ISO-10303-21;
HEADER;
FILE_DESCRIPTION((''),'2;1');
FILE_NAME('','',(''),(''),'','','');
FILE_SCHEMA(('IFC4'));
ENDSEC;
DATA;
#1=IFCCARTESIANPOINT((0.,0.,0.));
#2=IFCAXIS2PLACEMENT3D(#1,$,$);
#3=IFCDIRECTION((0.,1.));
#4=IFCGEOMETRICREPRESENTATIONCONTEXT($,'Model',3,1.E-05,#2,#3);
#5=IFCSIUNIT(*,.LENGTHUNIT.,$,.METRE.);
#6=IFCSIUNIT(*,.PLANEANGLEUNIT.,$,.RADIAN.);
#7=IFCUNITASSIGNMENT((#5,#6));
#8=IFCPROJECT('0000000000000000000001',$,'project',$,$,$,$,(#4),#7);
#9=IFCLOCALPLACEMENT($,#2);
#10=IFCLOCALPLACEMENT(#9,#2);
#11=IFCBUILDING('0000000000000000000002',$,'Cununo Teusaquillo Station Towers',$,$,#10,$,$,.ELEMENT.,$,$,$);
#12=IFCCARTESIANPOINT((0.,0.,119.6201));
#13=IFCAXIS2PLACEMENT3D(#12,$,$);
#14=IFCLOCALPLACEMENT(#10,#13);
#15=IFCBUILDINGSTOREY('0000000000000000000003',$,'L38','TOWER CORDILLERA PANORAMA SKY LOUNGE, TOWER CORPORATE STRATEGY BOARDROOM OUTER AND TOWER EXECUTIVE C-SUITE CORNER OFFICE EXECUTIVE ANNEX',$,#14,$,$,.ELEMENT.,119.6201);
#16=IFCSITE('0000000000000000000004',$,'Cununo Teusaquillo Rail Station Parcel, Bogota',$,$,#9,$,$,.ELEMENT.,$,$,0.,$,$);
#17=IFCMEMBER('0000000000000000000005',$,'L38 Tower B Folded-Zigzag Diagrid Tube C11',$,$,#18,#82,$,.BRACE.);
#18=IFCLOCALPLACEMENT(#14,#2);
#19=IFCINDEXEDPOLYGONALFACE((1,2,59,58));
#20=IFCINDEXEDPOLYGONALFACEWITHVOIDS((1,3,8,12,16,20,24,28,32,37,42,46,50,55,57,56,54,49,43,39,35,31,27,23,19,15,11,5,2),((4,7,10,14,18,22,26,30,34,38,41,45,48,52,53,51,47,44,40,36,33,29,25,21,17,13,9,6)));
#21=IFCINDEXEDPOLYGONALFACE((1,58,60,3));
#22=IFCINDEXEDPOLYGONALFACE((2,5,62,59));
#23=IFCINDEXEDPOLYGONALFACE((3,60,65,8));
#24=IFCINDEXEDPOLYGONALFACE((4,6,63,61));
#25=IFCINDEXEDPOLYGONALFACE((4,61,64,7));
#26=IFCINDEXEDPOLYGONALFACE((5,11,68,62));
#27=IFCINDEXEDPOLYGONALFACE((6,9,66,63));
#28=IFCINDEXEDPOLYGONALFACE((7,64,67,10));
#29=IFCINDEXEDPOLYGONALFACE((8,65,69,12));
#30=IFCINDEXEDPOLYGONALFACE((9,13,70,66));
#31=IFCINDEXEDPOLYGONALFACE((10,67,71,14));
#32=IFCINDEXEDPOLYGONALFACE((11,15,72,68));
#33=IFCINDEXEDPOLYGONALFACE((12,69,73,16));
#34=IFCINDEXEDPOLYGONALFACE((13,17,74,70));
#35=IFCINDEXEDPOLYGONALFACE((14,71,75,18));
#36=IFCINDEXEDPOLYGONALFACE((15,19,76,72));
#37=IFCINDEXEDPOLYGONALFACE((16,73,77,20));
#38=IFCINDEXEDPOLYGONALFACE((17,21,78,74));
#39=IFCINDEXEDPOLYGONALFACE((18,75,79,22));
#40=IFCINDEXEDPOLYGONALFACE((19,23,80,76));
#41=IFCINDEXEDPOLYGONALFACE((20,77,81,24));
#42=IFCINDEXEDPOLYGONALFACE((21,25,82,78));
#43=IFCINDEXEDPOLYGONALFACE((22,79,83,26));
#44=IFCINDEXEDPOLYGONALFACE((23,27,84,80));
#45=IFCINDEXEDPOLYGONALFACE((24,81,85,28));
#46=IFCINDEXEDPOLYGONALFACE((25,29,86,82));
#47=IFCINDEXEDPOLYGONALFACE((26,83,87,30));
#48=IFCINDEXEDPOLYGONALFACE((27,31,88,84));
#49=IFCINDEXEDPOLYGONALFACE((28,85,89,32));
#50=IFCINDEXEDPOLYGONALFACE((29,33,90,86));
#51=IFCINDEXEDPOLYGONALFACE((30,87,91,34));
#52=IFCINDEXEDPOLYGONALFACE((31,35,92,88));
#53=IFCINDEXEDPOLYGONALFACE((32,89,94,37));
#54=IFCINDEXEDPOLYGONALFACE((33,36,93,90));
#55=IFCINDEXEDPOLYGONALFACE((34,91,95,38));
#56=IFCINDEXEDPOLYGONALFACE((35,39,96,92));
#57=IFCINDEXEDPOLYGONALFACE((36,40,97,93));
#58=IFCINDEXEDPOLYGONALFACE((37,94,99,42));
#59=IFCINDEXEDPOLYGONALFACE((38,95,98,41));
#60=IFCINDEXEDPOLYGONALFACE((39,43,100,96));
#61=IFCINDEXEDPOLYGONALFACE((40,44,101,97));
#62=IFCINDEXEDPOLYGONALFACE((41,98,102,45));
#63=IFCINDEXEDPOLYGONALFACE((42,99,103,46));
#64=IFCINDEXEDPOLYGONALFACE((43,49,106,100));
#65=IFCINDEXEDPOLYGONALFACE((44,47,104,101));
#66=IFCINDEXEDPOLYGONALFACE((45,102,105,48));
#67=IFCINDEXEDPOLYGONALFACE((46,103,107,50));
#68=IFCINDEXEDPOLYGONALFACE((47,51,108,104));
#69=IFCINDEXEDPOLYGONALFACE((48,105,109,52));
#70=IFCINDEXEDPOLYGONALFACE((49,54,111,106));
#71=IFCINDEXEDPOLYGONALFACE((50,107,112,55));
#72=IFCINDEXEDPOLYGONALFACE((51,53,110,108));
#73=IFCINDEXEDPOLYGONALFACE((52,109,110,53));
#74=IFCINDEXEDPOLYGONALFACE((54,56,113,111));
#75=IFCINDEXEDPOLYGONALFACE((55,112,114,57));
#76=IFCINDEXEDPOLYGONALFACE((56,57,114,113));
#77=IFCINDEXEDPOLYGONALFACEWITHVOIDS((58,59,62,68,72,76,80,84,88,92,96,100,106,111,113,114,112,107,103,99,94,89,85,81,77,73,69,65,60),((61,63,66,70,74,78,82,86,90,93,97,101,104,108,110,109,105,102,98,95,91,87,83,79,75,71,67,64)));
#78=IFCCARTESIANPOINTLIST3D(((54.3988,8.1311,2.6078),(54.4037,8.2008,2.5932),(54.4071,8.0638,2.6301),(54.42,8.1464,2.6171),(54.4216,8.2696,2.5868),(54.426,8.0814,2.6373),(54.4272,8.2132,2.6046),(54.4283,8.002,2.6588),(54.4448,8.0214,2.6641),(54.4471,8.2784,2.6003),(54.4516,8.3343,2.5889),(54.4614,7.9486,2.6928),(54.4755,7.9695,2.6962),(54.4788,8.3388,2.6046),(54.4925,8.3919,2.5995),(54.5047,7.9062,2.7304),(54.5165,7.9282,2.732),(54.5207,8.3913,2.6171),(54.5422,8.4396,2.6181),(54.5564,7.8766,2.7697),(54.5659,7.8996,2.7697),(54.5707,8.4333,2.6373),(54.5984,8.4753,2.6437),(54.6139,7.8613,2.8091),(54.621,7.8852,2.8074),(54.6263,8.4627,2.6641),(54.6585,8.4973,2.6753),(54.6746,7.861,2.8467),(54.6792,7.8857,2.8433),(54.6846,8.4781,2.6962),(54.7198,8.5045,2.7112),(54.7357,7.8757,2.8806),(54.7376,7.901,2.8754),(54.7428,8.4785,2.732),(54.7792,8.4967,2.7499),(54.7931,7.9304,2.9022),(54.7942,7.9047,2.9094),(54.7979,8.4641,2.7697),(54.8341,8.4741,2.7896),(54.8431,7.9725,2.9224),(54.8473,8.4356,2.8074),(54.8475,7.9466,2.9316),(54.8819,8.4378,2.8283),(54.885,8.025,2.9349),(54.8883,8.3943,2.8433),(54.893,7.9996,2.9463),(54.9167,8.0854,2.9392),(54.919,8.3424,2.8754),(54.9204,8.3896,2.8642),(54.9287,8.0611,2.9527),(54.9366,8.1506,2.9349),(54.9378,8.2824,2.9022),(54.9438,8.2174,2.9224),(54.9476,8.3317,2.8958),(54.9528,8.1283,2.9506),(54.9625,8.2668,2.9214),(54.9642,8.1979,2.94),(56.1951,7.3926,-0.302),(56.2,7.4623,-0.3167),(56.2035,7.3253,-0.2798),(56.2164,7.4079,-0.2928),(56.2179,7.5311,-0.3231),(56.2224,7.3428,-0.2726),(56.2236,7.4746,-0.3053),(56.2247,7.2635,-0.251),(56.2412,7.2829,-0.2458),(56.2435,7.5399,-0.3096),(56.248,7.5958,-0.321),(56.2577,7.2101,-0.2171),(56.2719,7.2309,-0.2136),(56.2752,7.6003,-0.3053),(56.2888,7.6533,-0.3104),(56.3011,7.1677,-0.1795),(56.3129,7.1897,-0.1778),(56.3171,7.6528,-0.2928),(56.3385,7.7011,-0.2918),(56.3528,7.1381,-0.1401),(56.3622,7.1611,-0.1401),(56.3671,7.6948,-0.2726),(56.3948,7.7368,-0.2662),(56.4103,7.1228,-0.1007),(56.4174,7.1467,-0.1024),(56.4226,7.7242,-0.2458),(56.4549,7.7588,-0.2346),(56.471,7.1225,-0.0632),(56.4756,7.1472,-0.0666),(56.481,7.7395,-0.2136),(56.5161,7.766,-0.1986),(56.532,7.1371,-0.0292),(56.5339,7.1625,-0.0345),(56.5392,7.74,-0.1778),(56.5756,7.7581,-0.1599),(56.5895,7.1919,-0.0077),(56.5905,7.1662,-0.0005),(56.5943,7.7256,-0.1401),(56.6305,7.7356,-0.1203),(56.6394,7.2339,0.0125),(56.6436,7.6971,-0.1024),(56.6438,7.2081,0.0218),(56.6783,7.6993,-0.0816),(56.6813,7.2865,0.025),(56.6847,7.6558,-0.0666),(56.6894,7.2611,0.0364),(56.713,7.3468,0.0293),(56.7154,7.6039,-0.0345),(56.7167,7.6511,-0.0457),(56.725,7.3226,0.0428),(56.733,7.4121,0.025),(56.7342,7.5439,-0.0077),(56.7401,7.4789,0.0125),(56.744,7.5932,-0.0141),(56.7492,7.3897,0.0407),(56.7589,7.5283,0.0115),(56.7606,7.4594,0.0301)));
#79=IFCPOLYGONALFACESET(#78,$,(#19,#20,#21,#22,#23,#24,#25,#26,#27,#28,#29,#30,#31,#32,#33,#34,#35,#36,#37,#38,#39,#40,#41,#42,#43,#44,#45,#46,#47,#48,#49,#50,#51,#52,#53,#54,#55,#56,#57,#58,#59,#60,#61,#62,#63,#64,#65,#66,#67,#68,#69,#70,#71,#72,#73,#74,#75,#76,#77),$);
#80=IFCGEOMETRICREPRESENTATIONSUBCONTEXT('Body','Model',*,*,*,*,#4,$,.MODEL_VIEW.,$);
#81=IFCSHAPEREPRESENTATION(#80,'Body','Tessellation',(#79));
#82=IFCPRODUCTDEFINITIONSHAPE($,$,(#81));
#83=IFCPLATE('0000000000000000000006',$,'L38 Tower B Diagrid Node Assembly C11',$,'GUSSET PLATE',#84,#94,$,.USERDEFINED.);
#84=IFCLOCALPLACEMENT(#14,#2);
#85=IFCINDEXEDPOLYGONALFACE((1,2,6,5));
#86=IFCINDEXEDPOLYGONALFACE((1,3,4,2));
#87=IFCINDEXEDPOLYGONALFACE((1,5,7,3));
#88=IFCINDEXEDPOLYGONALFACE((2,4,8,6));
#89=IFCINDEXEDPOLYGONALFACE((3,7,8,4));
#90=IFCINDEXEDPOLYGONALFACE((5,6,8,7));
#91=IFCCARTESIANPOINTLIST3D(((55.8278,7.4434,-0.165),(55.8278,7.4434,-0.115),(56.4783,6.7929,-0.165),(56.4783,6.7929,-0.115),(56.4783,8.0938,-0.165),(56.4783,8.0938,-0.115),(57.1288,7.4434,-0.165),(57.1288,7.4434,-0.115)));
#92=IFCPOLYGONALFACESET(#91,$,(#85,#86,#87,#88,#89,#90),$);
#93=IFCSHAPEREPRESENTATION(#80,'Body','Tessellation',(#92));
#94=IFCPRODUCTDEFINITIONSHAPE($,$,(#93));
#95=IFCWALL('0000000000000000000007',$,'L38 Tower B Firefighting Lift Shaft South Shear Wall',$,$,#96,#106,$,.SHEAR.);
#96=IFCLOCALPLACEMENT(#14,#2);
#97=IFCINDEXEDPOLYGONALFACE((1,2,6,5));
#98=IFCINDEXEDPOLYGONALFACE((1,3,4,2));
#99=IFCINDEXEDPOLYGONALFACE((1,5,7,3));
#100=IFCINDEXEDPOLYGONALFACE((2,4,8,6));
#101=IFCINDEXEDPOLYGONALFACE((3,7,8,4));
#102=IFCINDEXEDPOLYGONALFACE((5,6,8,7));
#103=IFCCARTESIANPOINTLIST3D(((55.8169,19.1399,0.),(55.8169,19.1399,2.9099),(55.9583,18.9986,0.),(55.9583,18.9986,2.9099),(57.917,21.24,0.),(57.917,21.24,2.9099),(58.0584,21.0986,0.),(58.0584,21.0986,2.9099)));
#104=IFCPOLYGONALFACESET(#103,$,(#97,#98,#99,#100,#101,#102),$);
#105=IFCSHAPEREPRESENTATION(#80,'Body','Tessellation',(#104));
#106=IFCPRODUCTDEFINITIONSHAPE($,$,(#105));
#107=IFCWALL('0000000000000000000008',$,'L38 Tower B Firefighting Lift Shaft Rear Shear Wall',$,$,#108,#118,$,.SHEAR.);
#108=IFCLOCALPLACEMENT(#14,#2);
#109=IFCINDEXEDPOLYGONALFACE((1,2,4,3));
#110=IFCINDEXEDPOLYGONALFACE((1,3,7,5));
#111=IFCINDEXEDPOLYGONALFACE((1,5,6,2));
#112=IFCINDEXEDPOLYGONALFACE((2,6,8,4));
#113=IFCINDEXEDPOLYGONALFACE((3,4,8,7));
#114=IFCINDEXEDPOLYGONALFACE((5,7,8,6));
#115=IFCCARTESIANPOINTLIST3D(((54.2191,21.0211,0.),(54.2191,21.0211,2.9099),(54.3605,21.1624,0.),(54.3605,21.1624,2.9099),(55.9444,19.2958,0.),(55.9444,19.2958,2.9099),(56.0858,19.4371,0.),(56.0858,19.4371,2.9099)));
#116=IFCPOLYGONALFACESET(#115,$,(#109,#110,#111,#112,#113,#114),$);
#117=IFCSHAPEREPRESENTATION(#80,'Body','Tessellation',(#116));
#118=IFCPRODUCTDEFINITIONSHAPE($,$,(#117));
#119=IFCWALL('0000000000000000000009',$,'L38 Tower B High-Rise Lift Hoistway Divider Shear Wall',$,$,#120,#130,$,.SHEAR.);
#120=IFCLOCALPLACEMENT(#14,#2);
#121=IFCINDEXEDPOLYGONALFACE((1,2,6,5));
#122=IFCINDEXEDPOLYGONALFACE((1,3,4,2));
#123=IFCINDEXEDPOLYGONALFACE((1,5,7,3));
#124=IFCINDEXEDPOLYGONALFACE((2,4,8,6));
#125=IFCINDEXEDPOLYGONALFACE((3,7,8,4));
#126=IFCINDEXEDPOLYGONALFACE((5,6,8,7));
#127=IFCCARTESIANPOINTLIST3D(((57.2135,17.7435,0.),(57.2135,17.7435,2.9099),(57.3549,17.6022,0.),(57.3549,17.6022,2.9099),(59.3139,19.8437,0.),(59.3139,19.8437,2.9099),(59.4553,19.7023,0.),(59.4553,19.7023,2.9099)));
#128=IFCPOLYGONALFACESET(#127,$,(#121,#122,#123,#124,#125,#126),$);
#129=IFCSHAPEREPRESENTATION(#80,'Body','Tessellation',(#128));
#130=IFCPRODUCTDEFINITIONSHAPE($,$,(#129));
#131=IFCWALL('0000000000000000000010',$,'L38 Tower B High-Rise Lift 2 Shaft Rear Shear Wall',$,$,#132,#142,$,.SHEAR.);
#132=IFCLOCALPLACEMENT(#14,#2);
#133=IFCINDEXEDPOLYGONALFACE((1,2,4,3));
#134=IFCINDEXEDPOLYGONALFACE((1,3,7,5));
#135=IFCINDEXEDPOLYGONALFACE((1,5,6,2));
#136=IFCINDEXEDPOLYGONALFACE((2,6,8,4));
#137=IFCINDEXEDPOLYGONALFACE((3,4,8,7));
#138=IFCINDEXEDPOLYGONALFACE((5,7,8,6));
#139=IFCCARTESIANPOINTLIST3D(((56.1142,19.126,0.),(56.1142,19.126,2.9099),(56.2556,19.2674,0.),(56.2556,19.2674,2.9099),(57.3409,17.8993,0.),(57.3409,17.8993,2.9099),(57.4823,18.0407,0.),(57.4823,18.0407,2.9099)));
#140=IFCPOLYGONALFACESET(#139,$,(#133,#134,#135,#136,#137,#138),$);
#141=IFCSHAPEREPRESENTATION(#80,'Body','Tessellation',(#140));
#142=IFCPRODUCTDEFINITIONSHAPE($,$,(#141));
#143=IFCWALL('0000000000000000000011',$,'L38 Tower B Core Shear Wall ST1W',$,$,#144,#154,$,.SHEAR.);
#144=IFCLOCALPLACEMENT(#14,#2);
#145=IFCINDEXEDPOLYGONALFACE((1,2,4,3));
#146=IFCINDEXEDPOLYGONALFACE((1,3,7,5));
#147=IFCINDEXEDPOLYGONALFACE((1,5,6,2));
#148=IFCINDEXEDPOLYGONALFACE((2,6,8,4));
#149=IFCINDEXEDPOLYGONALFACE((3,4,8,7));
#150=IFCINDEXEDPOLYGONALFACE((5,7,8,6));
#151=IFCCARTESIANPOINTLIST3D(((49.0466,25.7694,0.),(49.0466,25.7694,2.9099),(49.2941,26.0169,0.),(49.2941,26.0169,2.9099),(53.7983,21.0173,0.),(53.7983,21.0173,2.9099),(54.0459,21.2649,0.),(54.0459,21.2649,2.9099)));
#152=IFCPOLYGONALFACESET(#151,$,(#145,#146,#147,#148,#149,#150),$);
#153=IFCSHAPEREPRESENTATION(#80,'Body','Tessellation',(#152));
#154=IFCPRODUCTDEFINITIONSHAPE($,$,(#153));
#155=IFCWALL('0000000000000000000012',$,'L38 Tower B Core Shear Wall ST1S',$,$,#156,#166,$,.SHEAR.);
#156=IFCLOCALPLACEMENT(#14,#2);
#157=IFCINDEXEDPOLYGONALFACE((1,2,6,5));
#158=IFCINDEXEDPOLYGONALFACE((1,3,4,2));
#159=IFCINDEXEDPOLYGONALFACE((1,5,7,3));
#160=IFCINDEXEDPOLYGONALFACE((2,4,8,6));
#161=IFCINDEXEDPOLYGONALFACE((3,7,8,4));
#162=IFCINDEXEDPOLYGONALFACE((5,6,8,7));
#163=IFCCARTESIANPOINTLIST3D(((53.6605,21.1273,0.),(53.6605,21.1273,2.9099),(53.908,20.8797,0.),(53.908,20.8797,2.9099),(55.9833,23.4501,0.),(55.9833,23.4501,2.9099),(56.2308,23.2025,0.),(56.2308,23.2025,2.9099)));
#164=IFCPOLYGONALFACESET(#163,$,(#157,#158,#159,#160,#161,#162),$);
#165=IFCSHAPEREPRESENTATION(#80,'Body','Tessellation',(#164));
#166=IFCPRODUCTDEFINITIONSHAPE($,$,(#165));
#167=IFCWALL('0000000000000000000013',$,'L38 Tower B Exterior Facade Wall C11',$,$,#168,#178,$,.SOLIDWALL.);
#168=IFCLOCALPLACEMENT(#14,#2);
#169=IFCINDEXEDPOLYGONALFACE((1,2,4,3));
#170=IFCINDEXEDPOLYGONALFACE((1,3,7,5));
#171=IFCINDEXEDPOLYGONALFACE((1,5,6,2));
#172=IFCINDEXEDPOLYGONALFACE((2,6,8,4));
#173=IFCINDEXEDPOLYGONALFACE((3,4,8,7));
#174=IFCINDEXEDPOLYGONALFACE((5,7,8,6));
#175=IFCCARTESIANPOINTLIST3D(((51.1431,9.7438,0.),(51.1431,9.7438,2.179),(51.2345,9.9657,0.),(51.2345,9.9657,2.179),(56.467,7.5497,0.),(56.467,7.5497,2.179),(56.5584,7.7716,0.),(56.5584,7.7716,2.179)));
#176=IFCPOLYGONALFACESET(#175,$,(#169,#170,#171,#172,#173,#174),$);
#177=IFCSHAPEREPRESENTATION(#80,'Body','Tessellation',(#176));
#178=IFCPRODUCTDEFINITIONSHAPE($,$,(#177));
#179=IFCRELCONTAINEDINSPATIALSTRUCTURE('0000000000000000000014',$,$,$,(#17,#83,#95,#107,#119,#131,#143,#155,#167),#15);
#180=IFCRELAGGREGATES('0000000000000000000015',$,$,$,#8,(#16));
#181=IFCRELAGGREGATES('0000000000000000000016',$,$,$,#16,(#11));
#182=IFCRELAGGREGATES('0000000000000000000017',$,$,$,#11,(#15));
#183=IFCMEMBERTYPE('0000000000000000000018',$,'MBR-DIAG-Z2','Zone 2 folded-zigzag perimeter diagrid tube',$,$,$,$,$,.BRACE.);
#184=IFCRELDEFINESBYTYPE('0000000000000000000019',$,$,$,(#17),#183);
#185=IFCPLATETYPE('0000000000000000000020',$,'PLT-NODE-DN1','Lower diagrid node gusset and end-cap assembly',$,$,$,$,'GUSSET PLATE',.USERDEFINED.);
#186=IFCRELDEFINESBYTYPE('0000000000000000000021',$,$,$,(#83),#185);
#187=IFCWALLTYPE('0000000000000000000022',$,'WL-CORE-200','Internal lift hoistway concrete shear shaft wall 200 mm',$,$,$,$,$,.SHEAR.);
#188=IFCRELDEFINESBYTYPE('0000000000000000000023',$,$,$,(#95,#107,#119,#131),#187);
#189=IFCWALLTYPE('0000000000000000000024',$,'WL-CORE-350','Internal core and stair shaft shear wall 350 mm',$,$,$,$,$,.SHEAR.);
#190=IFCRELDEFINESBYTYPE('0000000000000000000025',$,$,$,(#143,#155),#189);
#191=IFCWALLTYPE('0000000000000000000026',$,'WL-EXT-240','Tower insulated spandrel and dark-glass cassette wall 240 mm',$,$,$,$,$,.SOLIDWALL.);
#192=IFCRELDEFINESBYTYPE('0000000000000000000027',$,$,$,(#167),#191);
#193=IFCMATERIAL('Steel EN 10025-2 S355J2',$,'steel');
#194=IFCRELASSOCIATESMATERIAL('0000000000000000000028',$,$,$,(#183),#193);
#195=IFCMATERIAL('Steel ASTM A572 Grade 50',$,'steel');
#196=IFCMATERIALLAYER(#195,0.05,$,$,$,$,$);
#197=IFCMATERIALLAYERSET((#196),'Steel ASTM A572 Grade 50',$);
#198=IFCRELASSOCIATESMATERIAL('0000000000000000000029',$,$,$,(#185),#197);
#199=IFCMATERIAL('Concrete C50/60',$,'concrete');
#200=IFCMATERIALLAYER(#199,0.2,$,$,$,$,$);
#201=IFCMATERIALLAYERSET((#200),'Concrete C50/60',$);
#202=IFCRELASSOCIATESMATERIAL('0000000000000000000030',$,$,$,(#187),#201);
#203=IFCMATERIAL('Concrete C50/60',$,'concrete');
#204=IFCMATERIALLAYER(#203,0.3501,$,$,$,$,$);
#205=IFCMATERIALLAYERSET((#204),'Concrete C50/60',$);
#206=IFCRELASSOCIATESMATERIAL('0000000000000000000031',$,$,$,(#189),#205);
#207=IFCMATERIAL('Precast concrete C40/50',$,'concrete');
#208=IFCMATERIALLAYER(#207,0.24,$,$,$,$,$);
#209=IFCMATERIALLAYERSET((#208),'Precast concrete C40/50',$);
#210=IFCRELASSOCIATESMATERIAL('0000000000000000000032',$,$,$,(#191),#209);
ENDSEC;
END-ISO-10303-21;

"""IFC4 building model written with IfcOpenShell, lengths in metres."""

from ifc_helpers import new_model, si_unit, direction, frame, frame_2d, origin, origin_2d, place, context, subcontext, project, spatial, rectangle, hollow_circle, extrude, source, transform, mapped, material, layer, layer_set, material_profile, profile_set, type_object, element, save


model = new_model("IFC4")

# Units and contexts
model_context = context("Model", 3, precision=1e-05, world=origin(), true_north=direction((0.0, 1.0)))
body_context = subcontext(model_context, "Body", "Model", "MODEL_VIEW")
ifc_project = project(units=[si_unit("LENGTHUNIT", "METRE"), si_unit("PLANEANGLEUNIT", "RADIAN")], contexts=[model_context])

# Site, building, storey
site_placement = place(None, origin())
site = spatial("IfcSite", under=ifc_project, at=site_placement, Name="Cununo Teusaquillo Rail Station Parcel, Bogota", CompositionType="ELEMENT", RefElevation=0.0)
building_placement = place(site_placement, origin())
building = spatial("IfcBuilding", under=site, at=building_placement, Name="Cununo Teusaquillo Station Towers", CompositionType="ELEMENT")
storey_placement = place(building_placement, frame((0.0, 0.0, 119.6201)))
storey = spatial("IfcBuildingStorey", under=building, at=storey_placement, Name="L38", Description="TOWER CORDILLERA PANORAMA SKY LOUNGE, TOWER CORPORATE STRATEGY BOARDROOM OUTER AND TOWER EXECUTIVE C-SUITE CORNER OFFICE EXECUTIVE ANNEX", CompositionType="ELEMENT", Elevation=119.6201)

# Member
ifc_material_1 = material(Name="Steel EN 10025-2 S355J2", Category="steel")
ifc_material_profile_1 = material_profile(ifc_material_1, hollow_circle(Radius=0.3301, WallThickness=0.0249, at=origin_2d()), Name="CHS 660x25")
ifc_profile_set_1 = profile_set([ifc_material_profile_1], Name="Steel EN 10025-2 S355J2")
member_type = type_object("IfcMemberType", Name="MBR-DIAG-Z2", Description="Zone 2 folded-zigzag perimeter diagrid tube", PredefinedType="BRACE", material=ifc_profile_set_1)
member_placement = place(storey_placement, frame((56.4783, 7.4434, -0.1401), z_axis=(-0.513463, 0.211093, 0.831743), x_axis=(-0.380238, -0.924889, 0.0)))
element("IfcMember", 1, at=member_placement, inside=storey, type_object=member_type, Name="L38 Tower B Folded-Zigzag Diagrid Tube C11", PredefinedType="BRACE", context=body_context, shape_type="SweptSolid", body=[
    extrude(hollow_circle(Radius=0.3301, WallThickness=0.0249, at=origin_2d()), origin(), (0.0, 0.0, 1.0), 3.4985),
])

# Plate
ifc_material_2 = material(Name="Steel ASTM A572 Grade 50", Category="steel")
ifc_layer_1 = layer(ifc_material_2, 0.05)
ifc_layer_set_1 = layer_set([ifc_layer_1], Name="Steel ASTM A572 Grade 50")
plate_type = type_object("IfcPlateType", Name="PLT-NODE-DN1", Description="Lower diagrid node gusset and end-cap assembly", ElementType="GUSSET PLATE", PredefinedType="USERDEFINED", material=ifc_layer_set_1)
shared_shape_1 = source(origin(), body_context, "Body", "SweptSolid", [
    extrude(rectangle(XDim=0.9199, YDim=0.9199, at=origin_2d()), origin(), (0.0, 0.0, 1.0), 0.05),
])
plate_placement = place(storey_placement, frame((56.4783, 7.4434, -0.165), z_axis=(0.0, 0.0, 1.0), x_axis=(0.707107, 0.707107, 0.0)))
element("IfcPlate", 2, at=plate_placement, inside=storey, type_object=plate_type, Name="L38 Tower B Diagrid Node Assembly C11", ObjectType="GUSSET PLATE", PredefinedType="USERDEFINED", context=body_context, shape_type="MappedRepresentation", body=[
    mapped(shared_shape_1, transform((0.0, 0.0, 0.0), x_axis=(1.0, 0.0, 0.0), y_axis=(0.0, 1.0, 0.0), z_axis=(0.0, 0.0, 1.0), scale=1.0)),
])

# Walls
ifc_material_3 = material(Name="Concrete C50/60", Category="concrete")
ifc_layer_2 = layer(ifc_material_3, 0.2)
ifc_layer_set_2 = layer_set([ifc_layer_2], Name="Concrete C50/60")
wall_type_1 = type_object("IfcWallType", Name="WL-CORE-200", Description="Internal lift hoistway concrete shear shaft wall 200 mm", PredefinedType="SHEAR", material=ifc_layer_set_2)
wall_1_placement = place(storey_placement, frame((55.8877, 19.0693, 0.0), z_axis=(0.0, 0.0, 1.0), x_axis=(0.707107, 0.707107, 0.0)))
element("IfcWall", 3, at=wall_1_placement, inside=storey, type_object=wall_type_1, Name="L38 Tower B Firefighting Lift Shaft South Shear Wall", PredefinedType="SHEAR", context=body_context, shape_type="SweptSolid", body=[
    extrude(rectangle(XDim=2.97, YDim=0.2, at=frame_2d((1.4849, 0.0))), origin(), (0.0, 0.0, 1.0), 2.9099),
])
wall_2_placement = place(storey_placement, frame((56.0151, 19.3665, 0.0), z_axis=(0.0, 0.0, 1.0), x_axis=(-0.707107, 0.707107, 0.0)))
element("IfcWall", 4, at=wall_2_placement, inside=storey, type_object=wall_type_1, Name="L38 Tower B Firefighting Lift Shaft Rear Shear Wall", PredefinedType="SHEAR", context=body_context, shape_type="SweptSolid", body=[
    extrude(rectangle(XDim=2.4399, YDim=0.2, at=frame_2d((1.22, 0.0))), origin(), (0.0, 0.0, 1.0), 2.9099),
])
wall_3_placement = place(storey_placement, frame((57.2842, 17.6729, 0.0), z_axis=(0.0, 0.0, 1.0), x_axis=(0.707148, 0.707066, 0.0)))
element("IfcWall", 5, at=wall_3_placement, inside=storey, type_object=wall_type_1, Name="L38 Tower B High-Rise Lift Hoistway Divider Shear Wall", PredefinedType="SHEAR", context=body_context, shape_type="SweptSolid", body=[
    extrude(rectangle(XDim=2.9702, YDim=0.2, at=frame_2d((1.4851, 0.0))), origin(), (0.0, 0.0, 1.0), 2.9099),
])
wall_4_placement = place(storey_placement, frame((57.4116, 17.97, 0.0), z_axis=(0.0, 0.0, 1.0), x_axis=(-0.707107, 0.707107, 0.0)))
element("IfcWall", 6, at=wall_4_placement, inside=storey, type_object=wall_type_1, Name="L38 Tower B High-Rise Lift 2 Shaft Rear Shear Wall", PredefinedType="SHEAR", context=body_context, shape_type="SweptSolid", body=[
    extrude(rectangle(XDim=1.7349, YDim=0.2, at=frame_2d((0.8674, 0.0))), origin(), (0.0, 0.0, 1.0), 2.9099),
])
ifc_material_4 = material(Name="Concrete C50/60", Category="concrete")
ifc_layer_3 = layer(ifc_material_4, 0.3501)
ifc_layer_set_3 = layer_set([ifc_layer_3], Name="Concrete C50/60")
wall_type_2 = type_object("IfcWallType", Name="WL-CORE-350", Description="Internal core and stair shaft shear wall 350 mm", PredefinedType="SHEAR", material=ifc_layer_set_3)
wall_5_placement = place(storey_placement, frame((53.9221, 21.1411, 0.0), z_axis=(0.0, 0.0, 1.0), x_axis=(-0.707089, 0.707125, 0.0)))
element("IfcWall", 7, at=wall_5_placement, inside=storey, type_object=wall_type_2, Name="L38 Tower B Core Shear Wall ST1W", PredefinedType="SHEAR", context=body_context, shape_type="SweptSolid", body=[
    extrude(rectangle(XDim=6.7202, YDim=0.3501, at=frame_2d((3.3601, 0.0))), origin(), (0.0, 0.0, 1.0), 2.9099),
])
wall_6_placement = place(storey_placement, frame((53.7842, 21.0034, 0.0), z_axis=(0.0, 0.0, 1.0), x_axis=(0.707107, 0.707107, 0.0)))
element("IfcWall", 8, at=wall_6_placement, inside=storey, type_object=wall_type_2, Name="L38 Tower B Core Shear Wall ST1S", PredefinedType="SHEAR", context=body_context, shape_type="SweptSolid", body=[
    extrude(rectangle(XDim=3.2849, YDim=0.3501, at=frame_2d((1.6426, 0.0))), origin(), (0.0, 0.0, 1.0), 2.9099),
])
ifc_material_5 = material(Name="Precast concrete C40/50", Category="concrete")
ifc_layer_4 = layer(ifc_material_5, 0.24)
ifc_layer_set_4 = layer_set([ifc_layer_4], Name="Precast concrete C40/50")
wall_type_3 = type_object("IfcWallType", Name="WL-EXT-240", Description="Tower insulated spandrel and dark-glass cassette wall 240 mm", PredefinedType="SOLIDWALL", material=ifc_layer_set_4)
wall_7_placement = place(storey_placement, frame((56.5127, 7.6606, 0.0), z_axis=(0.0, 0.0, 1.0), x_axis=(-0.924564, 0.381027, 0.0)))
element("IfcWall", 9, at=wall_7_placement, inside=storey, type_object=wall_type_3, Name="L38 Tower B Exterior Facade Wall C11", PredefinedType="SOLIDWALL", context=body_context, shape_type="SweptSolid", body=[
    extrude(rectangle(XDim=5.7583, YDim=0.24, at=frame_2d((2.8792, 0.0))), origin(), (0.0, 0.0, 1.0), 2.179),
])

save(model, "model.ifc")
